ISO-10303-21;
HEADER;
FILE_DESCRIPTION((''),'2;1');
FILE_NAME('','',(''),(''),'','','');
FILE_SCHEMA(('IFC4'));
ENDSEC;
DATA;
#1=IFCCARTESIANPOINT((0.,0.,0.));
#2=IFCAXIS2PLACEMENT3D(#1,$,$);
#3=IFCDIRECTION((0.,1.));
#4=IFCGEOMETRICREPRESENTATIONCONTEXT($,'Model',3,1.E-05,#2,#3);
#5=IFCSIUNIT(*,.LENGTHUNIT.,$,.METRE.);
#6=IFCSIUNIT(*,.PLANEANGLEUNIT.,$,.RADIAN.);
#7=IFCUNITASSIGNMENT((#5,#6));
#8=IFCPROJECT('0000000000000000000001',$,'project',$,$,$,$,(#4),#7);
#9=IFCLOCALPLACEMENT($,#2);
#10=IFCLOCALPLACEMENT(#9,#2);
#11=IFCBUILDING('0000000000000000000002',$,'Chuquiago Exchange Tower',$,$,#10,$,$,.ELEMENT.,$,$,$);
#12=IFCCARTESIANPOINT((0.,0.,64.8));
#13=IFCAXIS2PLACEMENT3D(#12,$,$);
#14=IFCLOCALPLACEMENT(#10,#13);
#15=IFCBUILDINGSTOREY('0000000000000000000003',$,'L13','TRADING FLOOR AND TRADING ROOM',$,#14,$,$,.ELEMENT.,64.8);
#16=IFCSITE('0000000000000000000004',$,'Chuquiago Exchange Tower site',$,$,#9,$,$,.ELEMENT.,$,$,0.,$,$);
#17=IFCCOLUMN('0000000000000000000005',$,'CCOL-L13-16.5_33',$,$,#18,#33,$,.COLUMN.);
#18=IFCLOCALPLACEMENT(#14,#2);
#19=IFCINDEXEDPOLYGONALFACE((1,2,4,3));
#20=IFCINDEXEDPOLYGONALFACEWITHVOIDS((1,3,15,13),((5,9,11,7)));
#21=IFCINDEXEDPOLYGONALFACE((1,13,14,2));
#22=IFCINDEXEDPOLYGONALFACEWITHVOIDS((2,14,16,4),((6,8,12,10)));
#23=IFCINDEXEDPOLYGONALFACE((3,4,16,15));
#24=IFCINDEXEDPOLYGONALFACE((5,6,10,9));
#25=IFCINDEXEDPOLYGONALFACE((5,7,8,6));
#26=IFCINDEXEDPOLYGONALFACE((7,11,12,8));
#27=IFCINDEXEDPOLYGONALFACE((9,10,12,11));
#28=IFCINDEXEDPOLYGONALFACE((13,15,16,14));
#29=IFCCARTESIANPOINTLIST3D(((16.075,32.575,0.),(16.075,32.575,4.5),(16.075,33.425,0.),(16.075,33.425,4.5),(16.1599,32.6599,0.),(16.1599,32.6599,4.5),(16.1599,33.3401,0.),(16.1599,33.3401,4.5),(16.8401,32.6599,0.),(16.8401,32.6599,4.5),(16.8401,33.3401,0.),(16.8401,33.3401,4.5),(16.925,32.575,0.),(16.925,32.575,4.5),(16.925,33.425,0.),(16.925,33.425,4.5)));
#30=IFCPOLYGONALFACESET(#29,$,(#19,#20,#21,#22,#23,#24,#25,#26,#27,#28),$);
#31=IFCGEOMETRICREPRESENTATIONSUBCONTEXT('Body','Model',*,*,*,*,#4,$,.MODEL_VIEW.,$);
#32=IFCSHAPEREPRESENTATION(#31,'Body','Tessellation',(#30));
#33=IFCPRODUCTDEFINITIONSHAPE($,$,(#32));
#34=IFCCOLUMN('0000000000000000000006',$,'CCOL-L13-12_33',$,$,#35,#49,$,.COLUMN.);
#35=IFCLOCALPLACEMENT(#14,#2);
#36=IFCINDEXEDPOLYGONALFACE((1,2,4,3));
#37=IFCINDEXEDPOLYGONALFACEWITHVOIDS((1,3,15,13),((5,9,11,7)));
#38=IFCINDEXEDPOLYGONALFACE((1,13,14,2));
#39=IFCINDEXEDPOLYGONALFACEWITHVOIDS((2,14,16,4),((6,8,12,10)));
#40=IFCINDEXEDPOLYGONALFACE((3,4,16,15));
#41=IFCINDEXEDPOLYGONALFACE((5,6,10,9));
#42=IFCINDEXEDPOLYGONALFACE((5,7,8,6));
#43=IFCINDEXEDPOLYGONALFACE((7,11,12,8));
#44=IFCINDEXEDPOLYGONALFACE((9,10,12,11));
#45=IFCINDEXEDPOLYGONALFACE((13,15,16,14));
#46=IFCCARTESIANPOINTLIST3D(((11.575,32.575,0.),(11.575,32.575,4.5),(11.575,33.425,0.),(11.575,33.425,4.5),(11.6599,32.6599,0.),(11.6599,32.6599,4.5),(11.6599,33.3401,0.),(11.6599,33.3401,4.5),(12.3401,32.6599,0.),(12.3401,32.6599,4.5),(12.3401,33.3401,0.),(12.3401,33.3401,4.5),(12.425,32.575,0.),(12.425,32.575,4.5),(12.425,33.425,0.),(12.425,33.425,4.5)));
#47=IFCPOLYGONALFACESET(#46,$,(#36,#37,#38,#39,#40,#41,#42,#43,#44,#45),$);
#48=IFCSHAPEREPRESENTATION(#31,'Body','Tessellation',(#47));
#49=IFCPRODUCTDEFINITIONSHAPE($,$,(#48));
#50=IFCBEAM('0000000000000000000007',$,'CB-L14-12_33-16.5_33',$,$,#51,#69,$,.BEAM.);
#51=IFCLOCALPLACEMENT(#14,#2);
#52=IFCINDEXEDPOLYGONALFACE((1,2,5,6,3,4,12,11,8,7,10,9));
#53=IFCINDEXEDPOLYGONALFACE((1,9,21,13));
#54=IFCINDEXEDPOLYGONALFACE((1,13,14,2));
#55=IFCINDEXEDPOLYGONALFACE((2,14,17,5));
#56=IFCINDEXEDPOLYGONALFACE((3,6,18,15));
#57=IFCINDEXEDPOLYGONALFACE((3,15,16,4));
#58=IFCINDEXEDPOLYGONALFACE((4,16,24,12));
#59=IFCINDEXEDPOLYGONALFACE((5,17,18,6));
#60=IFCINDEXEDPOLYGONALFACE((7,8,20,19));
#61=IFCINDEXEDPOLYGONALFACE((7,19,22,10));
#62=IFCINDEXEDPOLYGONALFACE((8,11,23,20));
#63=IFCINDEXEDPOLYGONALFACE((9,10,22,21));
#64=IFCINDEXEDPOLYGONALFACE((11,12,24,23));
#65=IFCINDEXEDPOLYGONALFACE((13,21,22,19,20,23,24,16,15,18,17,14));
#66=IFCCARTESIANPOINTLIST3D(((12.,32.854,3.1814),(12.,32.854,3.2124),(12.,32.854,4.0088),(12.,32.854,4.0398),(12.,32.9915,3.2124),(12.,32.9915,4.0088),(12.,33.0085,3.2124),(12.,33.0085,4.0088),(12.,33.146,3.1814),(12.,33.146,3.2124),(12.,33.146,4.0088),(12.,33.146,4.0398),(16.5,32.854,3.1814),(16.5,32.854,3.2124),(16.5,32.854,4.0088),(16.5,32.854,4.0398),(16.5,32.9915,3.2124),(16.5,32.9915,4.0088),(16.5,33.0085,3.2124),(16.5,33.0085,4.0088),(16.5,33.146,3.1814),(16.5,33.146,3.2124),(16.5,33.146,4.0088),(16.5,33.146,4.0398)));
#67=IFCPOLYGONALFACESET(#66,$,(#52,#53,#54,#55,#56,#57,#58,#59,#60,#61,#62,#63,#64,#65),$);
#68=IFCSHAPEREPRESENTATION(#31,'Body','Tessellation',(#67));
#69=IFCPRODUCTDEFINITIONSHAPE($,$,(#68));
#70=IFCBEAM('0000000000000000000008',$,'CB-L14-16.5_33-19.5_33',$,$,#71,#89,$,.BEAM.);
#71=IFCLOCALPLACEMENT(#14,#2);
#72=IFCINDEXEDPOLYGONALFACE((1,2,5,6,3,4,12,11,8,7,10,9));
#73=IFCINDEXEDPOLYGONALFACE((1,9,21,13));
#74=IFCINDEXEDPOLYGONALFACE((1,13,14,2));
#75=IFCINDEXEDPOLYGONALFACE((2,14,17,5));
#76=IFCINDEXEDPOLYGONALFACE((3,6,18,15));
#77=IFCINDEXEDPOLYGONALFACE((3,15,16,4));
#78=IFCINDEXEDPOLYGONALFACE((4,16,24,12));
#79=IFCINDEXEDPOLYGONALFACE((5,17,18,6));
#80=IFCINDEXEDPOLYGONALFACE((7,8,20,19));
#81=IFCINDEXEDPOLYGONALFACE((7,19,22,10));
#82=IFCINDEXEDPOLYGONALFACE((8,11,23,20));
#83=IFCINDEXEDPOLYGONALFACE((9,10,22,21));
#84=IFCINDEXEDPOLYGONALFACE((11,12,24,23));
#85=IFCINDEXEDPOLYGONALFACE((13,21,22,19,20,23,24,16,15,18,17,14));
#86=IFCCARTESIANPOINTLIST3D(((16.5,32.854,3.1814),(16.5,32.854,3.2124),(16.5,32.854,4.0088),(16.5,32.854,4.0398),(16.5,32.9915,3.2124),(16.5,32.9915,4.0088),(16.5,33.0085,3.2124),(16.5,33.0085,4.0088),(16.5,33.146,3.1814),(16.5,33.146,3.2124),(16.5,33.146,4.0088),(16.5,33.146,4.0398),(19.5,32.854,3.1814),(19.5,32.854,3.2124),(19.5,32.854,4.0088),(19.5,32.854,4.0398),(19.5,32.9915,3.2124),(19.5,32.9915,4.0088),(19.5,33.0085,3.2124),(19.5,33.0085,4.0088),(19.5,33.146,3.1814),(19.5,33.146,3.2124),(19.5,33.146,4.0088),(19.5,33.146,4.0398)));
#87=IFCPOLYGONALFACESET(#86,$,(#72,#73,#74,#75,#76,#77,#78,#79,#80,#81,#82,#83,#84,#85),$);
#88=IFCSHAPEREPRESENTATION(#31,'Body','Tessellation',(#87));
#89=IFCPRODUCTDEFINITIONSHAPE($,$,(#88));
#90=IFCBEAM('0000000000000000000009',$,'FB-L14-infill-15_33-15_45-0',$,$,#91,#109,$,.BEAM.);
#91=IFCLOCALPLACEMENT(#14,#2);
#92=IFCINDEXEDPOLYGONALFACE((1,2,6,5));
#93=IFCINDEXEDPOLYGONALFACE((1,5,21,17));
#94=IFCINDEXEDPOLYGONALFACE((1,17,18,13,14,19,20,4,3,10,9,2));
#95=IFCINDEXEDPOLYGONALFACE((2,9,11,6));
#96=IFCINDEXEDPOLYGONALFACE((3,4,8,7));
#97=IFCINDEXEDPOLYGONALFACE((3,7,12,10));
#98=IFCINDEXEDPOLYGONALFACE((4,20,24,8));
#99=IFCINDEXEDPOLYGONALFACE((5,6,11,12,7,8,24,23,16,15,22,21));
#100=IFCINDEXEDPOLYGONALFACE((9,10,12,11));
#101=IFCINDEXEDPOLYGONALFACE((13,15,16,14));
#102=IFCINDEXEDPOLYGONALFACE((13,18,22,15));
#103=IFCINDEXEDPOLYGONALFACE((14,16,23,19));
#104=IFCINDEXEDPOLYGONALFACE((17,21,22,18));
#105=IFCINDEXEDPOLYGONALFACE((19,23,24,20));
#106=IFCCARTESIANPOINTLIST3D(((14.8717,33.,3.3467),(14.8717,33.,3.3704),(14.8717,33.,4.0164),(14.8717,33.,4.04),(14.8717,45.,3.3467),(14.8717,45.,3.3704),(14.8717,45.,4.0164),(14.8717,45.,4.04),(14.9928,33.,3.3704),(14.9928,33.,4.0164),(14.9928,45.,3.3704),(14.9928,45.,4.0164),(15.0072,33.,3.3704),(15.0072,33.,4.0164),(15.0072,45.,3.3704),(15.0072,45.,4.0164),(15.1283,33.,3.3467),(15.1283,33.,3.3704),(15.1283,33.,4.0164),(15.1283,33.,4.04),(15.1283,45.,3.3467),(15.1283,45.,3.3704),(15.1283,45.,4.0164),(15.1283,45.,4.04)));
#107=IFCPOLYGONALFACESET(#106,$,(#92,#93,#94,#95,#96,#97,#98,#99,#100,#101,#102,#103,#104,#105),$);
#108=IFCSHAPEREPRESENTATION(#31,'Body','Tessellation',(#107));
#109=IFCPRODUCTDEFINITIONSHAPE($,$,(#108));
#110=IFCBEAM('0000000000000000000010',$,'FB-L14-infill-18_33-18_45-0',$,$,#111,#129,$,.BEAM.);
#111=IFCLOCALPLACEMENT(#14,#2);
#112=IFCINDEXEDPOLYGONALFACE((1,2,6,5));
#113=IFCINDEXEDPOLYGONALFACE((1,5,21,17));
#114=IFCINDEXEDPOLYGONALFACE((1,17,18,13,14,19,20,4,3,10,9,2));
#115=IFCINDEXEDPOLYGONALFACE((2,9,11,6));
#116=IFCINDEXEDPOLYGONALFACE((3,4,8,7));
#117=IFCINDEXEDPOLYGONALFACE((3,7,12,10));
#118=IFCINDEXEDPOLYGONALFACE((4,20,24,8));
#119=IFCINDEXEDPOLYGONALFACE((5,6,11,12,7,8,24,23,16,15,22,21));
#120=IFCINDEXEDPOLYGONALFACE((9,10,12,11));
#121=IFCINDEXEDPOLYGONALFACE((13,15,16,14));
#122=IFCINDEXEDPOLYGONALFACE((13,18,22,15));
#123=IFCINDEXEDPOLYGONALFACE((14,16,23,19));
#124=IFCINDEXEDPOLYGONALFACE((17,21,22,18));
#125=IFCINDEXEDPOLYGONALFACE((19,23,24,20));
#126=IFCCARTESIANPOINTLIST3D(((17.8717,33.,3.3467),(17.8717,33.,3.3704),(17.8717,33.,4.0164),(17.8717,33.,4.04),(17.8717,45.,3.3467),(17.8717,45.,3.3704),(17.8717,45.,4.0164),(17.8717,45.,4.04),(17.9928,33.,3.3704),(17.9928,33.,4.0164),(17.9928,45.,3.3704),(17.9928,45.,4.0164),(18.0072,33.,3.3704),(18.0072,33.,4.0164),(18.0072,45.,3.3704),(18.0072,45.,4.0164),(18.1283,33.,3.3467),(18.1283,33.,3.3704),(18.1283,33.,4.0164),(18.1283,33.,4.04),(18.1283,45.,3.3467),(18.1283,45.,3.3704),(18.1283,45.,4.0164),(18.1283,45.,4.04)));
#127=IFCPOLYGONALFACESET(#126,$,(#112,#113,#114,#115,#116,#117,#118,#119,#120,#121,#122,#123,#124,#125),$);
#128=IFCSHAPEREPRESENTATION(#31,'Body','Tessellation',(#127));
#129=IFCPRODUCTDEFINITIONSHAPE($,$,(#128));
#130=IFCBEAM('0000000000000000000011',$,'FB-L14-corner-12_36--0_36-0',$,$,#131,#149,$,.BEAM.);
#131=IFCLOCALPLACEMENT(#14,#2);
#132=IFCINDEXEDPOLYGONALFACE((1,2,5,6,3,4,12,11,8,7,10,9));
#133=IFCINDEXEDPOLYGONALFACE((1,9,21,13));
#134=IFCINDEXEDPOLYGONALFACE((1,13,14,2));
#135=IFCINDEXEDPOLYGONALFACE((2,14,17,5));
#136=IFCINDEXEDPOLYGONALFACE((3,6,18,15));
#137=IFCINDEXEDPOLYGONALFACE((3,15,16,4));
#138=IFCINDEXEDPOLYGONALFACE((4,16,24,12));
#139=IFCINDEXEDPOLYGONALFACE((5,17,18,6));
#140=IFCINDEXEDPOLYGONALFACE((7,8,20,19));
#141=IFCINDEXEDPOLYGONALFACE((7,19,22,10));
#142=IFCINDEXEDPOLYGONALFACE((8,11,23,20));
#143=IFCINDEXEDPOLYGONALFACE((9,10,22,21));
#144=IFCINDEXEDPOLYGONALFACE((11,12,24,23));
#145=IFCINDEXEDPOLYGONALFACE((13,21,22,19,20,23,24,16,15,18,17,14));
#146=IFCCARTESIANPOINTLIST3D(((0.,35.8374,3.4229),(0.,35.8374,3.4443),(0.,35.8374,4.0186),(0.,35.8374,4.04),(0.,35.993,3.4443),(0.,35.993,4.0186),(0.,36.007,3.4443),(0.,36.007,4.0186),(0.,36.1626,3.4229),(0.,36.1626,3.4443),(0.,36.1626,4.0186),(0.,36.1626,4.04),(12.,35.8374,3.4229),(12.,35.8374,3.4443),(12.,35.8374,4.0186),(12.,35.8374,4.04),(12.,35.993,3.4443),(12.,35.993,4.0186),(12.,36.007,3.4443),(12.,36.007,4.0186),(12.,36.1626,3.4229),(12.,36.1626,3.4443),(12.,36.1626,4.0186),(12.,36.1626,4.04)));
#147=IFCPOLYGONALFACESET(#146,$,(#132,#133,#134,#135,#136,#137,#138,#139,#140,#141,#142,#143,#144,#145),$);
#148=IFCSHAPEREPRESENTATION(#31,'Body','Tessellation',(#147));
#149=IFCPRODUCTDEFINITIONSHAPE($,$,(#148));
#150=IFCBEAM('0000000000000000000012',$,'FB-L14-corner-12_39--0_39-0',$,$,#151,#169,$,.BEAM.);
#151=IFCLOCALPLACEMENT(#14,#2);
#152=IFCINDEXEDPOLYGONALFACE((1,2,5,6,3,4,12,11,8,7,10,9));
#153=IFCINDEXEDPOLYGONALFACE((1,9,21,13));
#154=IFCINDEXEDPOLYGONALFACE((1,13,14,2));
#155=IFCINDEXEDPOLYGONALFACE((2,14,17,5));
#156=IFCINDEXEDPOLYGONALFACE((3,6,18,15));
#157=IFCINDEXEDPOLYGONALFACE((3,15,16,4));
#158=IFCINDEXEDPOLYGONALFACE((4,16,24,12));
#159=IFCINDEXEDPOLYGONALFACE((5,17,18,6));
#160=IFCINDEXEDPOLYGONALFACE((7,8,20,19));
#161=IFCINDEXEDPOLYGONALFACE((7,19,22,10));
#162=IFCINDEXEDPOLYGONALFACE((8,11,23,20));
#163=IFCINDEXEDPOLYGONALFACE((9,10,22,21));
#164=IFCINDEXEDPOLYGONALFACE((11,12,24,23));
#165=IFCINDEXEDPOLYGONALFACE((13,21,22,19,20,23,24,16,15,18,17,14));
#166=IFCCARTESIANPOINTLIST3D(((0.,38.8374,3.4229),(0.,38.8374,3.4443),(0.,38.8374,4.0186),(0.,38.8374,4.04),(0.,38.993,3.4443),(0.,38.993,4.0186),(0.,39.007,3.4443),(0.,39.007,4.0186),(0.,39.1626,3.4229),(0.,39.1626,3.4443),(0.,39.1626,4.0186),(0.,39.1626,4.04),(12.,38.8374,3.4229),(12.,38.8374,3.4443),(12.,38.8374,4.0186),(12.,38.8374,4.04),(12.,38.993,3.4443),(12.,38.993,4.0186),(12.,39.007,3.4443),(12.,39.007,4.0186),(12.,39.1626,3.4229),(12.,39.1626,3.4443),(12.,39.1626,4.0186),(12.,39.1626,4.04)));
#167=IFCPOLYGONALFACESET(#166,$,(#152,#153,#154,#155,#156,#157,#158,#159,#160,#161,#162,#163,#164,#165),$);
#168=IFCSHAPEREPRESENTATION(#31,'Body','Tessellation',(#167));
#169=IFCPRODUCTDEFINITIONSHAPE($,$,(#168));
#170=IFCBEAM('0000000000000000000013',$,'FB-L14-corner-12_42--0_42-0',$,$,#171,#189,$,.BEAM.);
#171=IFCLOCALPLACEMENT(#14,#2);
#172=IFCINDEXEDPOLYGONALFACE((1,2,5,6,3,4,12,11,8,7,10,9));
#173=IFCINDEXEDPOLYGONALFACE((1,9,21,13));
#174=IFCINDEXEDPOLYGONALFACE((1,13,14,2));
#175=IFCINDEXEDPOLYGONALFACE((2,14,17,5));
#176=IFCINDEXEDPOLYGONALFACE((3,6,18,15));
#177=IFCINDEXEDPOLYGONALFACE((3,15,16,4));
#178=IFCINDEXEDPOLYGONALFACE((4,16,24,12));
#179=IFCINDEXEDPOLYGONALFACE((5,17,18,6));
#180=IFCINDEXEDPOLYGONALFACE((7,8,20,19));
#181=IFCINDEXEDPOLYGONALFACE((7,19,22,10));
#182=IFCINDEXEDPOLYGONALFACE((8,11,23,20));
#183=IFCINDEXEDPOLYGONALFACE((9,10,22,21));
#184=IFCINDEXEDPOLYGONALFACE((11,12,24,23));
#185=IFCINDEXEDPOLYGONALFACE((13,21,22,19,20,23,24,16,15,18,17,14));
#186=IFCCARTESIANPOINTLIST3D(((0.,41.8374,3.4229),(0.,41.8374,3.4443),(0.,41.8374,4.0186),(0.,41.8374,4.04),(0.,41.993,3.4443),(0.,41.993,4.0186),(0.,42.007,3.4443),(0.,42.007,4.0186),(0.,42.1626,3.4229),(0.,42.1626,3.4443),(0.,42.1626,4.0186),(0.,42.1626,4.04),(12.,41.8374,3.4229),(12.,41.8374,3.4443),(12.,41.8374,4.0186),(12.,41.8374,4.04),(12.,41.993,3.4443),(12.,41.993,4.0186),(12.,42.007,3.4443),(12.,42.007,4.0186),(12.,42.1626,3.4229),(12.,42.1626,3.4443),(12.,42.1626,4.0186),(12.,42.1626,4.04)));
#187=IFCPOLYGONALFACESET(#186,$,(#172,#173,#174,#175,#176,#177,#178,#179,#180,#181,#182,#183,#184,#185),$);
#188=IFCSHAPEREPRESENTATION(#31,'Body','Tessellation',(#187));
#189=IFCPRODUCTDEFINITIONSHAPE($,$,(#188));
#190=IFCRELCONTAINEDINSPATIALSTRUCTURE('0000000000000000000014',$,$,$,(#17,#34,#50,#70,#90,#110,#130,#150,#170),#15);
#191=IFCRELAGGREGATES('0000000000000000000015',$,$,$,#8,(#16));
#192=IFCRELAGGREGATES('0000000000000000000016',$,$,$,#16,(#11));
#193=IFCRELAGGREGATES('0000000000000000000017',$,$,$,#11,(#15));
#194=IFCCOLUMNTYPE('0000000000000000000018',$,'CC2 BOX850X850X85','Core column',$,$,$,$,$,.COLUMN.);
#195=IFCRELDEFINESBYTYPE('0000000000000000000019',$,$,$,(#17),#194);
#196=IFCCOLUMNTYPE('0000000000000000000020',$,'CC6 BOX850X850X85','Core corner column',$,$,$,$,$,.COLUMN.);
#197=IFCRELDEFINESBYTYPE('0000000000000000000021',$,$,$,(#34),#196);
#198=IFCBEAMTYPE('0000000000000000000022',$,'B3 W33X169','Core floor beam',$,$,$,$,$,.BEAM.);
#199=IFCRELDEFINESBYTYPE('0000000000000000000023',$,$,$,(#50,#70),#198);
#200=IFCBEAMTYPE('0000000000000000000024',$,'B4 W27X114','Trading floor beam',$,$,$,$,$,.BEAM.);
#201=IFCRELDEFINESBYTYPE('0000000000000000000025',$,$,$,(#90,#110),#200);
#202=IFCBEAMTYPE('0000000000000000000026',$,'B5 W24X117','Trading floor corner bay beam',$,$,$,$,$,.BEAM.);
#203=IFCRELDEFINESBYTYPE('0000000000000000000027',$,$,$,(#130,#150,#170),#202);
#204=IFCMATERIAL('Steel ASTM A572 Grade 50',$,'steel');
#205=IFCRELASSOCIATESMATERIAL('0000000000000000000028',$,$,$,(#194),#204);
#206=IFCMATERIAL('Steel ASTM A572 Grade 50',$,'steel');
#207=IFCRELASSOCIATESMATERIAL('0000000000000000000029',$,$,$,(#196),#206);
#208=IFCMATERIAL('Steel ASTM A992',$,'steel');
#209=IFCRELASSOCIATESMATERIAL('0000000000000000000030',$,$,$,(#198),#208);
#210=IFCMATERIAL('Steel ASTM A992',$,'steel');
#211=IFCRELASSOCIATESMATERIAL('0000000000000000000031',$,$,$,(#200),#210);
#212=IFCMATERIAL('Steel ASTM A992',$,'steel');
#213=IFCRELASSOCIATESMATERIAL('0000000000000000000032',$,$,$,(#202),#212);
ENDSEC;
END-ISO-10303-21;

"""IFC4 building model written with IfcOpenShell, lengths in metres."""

from ifc_helpers import new_model, si_unit, direction, frame, origin, origin_2d, place, context, subcontext, project, spatial, hollow_rectangle, i_section, extrude, material, material_profile, profile_set, type_object, element, save


model = new_model("IFC4")

# Units and contexts
model_context = context("Model", 3, precision=1e-05, world=origin(), true_north=direction((0.0, 1.0)))
body_context = subcontext(model_context, "Body", "Model", "MODEL_VIEW")
ifc_project = project(units=[si_unit("LENGTHUNIT", "METRE"), si_unit("PLANEANGLEUNIT", "RADIAN")], contexts=[model_context])

# Site, building, storey
site_placement = place(None, origin())
site = spatial("IfcSite", under=ifc_project, at=site_placement, Name="Chuquiago Exchange Tower site", CompositionType="ELEMENT", RefElevation=0.0)
building_placement = place(site_placement, origin())
building = spatial("IfcBuilding", under=site, at=building_placement, Name="Chuquiago Exchange Tower", CompositionType="ELEMENT")
storey_placement = place(building_placement, frame((0.0, 0.0, 64.8)))
storey = spatial("IfcBuildingStorey", under=building, at=storey_placement, Name="L13", Description="TRADING FLOOR AND TRADING ROOM", CompositionType="ELEMENT", Elevation=64.8)

# Columns
ifc_material_1 = material(Name="Steel ASTM A572 Grade 50", Category="steel")
ifc_material_profile_1 = material_profile(ifc_material_1, hollow_rectangle(XDim=0.8501, YDim=0.8501, WallThickness=0.085, at=origin_2d()), Name="BOX850X850X85")
ifc_profile_set_1 = profile_set([ifc_material_profile_1], Name="Steel ASTM A572 Grade 50")
column_type_1 = type_object("IfcColumnType", Name="CC2 BOX850X850X85", Description="Core column", PredefinedType="COLUMN", material=ifc_profile_set_1)
column_1_placement = place(storey_placement, frame((16.5, 33.0, 0.0), z_axis=(0.0, 0.0, 1.0), x_axis=(1.0, 0.0, 0.0)))
element("IfcColumn", 1, at=column_1_placement, inside=storey, type_object=column_type_1, Name="CCOL-L13-16.5_33", PredefinedType="COLUMN", context=body_context, shape_type="SweptSolid", body=[
    extrude(hollow_rectangle(XDim=0.8501, YDim=0.8501, WallThickness=0.085, at=origin_2d()), origin(), (0.0, 0.0, 1.0), 4.5),
])
ifc_material_2 = material(Name="Steel ASTM A572 Grade 50", Category="steel")
ifc_material_profile_2 = material_profile(ifc_material_2, hollow_rectangle(XDim=0.8501, YDim=0.8501, WallThickness=0.085, at=origin_2d()), Name="BOX850X850X85")
ifc_profile_set_2 = profile_set([ifc_material_profile_2], Name="Steel ASTM A572 Grade 50")
column_type_2 = type_object("IfcColumnType", Name="CC6 BOX850X850X85", Description="Core corner column", PredefinedType="COLUMN", material=ifc_profile_set_2)
column_2_placement = place(storey_placement, frame((12.0, 33.0, 0.0), z_axis=(0.0, 0.0, 1.0), x_axis=(1.0, 0.0, 0.0)))
element("IfcColumn", 2, at=column_2_placement, inside=storey, type_object=column_type_2, Name="CCOL-L13-12_33", PredefinedType="COLUMN", context=body_context, shape_type="SweptSolid", body=[
    extrude(hollow_rectangle(XDim=0.8501, YDim=0.8501, WallThickness=0.085, at=origin_2d()), origin(), (0.0, 0.0, 1.0), 4.5),
])

# Beams
ifc_material_3 = material(Name="Steel ASTM A992", Category="steel")
ifc_material_profile_3 = material_profile(ifc_material_3, i_section(OverallWidth=0.292, OverallDepth=0.8584, WebThickness=0.0171, FlangeThickness=0.031, at=origin_2d()), Name="W33X169")
ifc_profile_set_3 = profile_set([ifc_material_profile_3], Name="Steel ASTM A992")
beam_type_1 = type_object("IfcBeamType", Name="B3 W33X169", Description="Core floor beam", PredefinedType="BEAM", material=ifc_profile_set_3)
beam_1_placement = place(storey_placement, frame((12.0, 33.0, 3.6106), z_axis=(1.0, 0.0, 0.0), x_axis=(0.0, 1.0, 0.0)))
element("IfcBeam", 3, at=beam_1_placement, inside=storey, type_object=beam_type_1, Name="CB-L14-12_33-16.5_33", PredefinedType="BEAM", context=body_context, shape_type="SweptSolid", body=[
    extrude(i_section(OverallWidth=0.292, OverallDepth=0.8584, WebThickness=0.0171, FlangeThickness=0.031, at=origin_2d()), origin(), (0.0, 0.0, 1.0), 4.5),
])
beam_2_placement = place(storey_placement, frame((16.5, 33.0, 3.6106), z_axis=(1.0, 0.0, 0.0), x_axis=(0.0, 1.0, 0.0)))
element("IfcBeam", 4, at=beam_2_placement, inside=storey, type_object=beam_type_1, Name="CB-L14-16.5_33-19.5_33", PredefinedType="BEAM", context=body_context, shape_type="SweptSolid", body=[
    extrude(i_section(OverallWidth=0.292, OverallDepth=0.8584, WebThickness=0.0171, FlangeThickness=0.031, at=origin_2d()), origin(), (0.0, 0.0, 1.0), 3.0),
])
ifc_material_4 = material(Name="Steel ASTM A992", Category="steel")
ifc_material_profile_4 = material_profile(ifc_material_4, i_section(OverallWidth=0.2566, OverallDepth=0.6934, WebThickness=0.0144, FlangeThickness=0.0237, at=origin_2d()), Name="W27X114")
ifc_profile_set_4 = profile_set([ifc_material_profile_4], Name="Steel ASTM A992")
beam_type_2 = type_object("IfcBeamType", Name="B4 W27X114", Description="Trading floor beam", PredefinedType="BEAM", material=ifc_profile_set_4)
for number, where, z_axis, x_axis, name in (
    (5, (15.0, 33.0, 3.6934), (0.0, 1.0, 0.0), (-1.0, 0.0, 0.0), "FB-L14-infill-15_33-15_45-0"),
    (6, (18.0, 33.0, 3.6934), (0.0, 1.0, 0.0), (-1.0, 0.0, 0.0), "FB-L14-infill-18_33-18_45-0"),
):
    element("IfcBeam", number, at=place(storey_placement, frame(where, z_axis=z_axis, x_axis=x_axis)), inside=storey, type_object=beam_type_2, Name=name, PredefinedType="BEAM", context=body_context, shape_type="SweptSolid", body=[
        extrude(i_section(OverallWidth=0.2566, OverallDepth=0.6934, WebThickness=0.0144, FlangeThickness=0.0237, at=origin_2d()), origin(), (0.0, 0.0, 1.0), 12.0),
    ])
ifc_material_5 = material(Name="Steel ASTM A992", Category="steel")
ifc_material_profile_5 = material_profile(ifc_material_5, i_section(OverallWidth=0.3252, OverallDepth=0.6172, WebThickness=0.0139, FlangeThickness=0.0215, at=origin_2d()), Name="W24X117")
ifc_profile_set_5 = profile_set([ifc_material_profile_5], Name="Steel ASTM A992")
beam_type_3 = type_object("IfcBeamType", Name="B5 W24X117", Description="Trading floor corner bay beam", PredefinedType="BEAM", material=ifc_profile_set_5)
for number, where, z_axis, x_axis, name in (
    (7, (12.0, 36.0, 3.7314), (-1.0, 0.0, 0.0), (0.0, -1.0, 0.0), "FB-L14-corner-12_36--0_36-0"),
    (8, (12.0, 39.0, 3.7314), (-1.0, 0.0, 0.0), (0.0, -1.0, 0.0), "FB-L14-corner-12_39--0_39-0"),
    (9, (12.0, 42.0, 3.7314), (-1.0, 0.0, 0.0), (0.0, -1.0, 0.0), "FB-L14-corner-12_42--0_42-0"),
):
    element("IfcBeam", number, at=place(storey_placement, frame(where, z_axis=z_axis, x_axis=x_axis)), inside=storey, type_object=beam_type_3, Name=name, PredefinedType="BEAM", context=body_context, shape_type="SweptSolid", body=[
        extrude(i_section(OverallWidth=0.3252, OverallDepth=0.6172, WebThickness=0.0139, FlangeThickness=0.0215, at=origin_2d()), origin(), (0.0, 0.0, 1.0), 12.0),
    ])

save(model, "model.ifc")
